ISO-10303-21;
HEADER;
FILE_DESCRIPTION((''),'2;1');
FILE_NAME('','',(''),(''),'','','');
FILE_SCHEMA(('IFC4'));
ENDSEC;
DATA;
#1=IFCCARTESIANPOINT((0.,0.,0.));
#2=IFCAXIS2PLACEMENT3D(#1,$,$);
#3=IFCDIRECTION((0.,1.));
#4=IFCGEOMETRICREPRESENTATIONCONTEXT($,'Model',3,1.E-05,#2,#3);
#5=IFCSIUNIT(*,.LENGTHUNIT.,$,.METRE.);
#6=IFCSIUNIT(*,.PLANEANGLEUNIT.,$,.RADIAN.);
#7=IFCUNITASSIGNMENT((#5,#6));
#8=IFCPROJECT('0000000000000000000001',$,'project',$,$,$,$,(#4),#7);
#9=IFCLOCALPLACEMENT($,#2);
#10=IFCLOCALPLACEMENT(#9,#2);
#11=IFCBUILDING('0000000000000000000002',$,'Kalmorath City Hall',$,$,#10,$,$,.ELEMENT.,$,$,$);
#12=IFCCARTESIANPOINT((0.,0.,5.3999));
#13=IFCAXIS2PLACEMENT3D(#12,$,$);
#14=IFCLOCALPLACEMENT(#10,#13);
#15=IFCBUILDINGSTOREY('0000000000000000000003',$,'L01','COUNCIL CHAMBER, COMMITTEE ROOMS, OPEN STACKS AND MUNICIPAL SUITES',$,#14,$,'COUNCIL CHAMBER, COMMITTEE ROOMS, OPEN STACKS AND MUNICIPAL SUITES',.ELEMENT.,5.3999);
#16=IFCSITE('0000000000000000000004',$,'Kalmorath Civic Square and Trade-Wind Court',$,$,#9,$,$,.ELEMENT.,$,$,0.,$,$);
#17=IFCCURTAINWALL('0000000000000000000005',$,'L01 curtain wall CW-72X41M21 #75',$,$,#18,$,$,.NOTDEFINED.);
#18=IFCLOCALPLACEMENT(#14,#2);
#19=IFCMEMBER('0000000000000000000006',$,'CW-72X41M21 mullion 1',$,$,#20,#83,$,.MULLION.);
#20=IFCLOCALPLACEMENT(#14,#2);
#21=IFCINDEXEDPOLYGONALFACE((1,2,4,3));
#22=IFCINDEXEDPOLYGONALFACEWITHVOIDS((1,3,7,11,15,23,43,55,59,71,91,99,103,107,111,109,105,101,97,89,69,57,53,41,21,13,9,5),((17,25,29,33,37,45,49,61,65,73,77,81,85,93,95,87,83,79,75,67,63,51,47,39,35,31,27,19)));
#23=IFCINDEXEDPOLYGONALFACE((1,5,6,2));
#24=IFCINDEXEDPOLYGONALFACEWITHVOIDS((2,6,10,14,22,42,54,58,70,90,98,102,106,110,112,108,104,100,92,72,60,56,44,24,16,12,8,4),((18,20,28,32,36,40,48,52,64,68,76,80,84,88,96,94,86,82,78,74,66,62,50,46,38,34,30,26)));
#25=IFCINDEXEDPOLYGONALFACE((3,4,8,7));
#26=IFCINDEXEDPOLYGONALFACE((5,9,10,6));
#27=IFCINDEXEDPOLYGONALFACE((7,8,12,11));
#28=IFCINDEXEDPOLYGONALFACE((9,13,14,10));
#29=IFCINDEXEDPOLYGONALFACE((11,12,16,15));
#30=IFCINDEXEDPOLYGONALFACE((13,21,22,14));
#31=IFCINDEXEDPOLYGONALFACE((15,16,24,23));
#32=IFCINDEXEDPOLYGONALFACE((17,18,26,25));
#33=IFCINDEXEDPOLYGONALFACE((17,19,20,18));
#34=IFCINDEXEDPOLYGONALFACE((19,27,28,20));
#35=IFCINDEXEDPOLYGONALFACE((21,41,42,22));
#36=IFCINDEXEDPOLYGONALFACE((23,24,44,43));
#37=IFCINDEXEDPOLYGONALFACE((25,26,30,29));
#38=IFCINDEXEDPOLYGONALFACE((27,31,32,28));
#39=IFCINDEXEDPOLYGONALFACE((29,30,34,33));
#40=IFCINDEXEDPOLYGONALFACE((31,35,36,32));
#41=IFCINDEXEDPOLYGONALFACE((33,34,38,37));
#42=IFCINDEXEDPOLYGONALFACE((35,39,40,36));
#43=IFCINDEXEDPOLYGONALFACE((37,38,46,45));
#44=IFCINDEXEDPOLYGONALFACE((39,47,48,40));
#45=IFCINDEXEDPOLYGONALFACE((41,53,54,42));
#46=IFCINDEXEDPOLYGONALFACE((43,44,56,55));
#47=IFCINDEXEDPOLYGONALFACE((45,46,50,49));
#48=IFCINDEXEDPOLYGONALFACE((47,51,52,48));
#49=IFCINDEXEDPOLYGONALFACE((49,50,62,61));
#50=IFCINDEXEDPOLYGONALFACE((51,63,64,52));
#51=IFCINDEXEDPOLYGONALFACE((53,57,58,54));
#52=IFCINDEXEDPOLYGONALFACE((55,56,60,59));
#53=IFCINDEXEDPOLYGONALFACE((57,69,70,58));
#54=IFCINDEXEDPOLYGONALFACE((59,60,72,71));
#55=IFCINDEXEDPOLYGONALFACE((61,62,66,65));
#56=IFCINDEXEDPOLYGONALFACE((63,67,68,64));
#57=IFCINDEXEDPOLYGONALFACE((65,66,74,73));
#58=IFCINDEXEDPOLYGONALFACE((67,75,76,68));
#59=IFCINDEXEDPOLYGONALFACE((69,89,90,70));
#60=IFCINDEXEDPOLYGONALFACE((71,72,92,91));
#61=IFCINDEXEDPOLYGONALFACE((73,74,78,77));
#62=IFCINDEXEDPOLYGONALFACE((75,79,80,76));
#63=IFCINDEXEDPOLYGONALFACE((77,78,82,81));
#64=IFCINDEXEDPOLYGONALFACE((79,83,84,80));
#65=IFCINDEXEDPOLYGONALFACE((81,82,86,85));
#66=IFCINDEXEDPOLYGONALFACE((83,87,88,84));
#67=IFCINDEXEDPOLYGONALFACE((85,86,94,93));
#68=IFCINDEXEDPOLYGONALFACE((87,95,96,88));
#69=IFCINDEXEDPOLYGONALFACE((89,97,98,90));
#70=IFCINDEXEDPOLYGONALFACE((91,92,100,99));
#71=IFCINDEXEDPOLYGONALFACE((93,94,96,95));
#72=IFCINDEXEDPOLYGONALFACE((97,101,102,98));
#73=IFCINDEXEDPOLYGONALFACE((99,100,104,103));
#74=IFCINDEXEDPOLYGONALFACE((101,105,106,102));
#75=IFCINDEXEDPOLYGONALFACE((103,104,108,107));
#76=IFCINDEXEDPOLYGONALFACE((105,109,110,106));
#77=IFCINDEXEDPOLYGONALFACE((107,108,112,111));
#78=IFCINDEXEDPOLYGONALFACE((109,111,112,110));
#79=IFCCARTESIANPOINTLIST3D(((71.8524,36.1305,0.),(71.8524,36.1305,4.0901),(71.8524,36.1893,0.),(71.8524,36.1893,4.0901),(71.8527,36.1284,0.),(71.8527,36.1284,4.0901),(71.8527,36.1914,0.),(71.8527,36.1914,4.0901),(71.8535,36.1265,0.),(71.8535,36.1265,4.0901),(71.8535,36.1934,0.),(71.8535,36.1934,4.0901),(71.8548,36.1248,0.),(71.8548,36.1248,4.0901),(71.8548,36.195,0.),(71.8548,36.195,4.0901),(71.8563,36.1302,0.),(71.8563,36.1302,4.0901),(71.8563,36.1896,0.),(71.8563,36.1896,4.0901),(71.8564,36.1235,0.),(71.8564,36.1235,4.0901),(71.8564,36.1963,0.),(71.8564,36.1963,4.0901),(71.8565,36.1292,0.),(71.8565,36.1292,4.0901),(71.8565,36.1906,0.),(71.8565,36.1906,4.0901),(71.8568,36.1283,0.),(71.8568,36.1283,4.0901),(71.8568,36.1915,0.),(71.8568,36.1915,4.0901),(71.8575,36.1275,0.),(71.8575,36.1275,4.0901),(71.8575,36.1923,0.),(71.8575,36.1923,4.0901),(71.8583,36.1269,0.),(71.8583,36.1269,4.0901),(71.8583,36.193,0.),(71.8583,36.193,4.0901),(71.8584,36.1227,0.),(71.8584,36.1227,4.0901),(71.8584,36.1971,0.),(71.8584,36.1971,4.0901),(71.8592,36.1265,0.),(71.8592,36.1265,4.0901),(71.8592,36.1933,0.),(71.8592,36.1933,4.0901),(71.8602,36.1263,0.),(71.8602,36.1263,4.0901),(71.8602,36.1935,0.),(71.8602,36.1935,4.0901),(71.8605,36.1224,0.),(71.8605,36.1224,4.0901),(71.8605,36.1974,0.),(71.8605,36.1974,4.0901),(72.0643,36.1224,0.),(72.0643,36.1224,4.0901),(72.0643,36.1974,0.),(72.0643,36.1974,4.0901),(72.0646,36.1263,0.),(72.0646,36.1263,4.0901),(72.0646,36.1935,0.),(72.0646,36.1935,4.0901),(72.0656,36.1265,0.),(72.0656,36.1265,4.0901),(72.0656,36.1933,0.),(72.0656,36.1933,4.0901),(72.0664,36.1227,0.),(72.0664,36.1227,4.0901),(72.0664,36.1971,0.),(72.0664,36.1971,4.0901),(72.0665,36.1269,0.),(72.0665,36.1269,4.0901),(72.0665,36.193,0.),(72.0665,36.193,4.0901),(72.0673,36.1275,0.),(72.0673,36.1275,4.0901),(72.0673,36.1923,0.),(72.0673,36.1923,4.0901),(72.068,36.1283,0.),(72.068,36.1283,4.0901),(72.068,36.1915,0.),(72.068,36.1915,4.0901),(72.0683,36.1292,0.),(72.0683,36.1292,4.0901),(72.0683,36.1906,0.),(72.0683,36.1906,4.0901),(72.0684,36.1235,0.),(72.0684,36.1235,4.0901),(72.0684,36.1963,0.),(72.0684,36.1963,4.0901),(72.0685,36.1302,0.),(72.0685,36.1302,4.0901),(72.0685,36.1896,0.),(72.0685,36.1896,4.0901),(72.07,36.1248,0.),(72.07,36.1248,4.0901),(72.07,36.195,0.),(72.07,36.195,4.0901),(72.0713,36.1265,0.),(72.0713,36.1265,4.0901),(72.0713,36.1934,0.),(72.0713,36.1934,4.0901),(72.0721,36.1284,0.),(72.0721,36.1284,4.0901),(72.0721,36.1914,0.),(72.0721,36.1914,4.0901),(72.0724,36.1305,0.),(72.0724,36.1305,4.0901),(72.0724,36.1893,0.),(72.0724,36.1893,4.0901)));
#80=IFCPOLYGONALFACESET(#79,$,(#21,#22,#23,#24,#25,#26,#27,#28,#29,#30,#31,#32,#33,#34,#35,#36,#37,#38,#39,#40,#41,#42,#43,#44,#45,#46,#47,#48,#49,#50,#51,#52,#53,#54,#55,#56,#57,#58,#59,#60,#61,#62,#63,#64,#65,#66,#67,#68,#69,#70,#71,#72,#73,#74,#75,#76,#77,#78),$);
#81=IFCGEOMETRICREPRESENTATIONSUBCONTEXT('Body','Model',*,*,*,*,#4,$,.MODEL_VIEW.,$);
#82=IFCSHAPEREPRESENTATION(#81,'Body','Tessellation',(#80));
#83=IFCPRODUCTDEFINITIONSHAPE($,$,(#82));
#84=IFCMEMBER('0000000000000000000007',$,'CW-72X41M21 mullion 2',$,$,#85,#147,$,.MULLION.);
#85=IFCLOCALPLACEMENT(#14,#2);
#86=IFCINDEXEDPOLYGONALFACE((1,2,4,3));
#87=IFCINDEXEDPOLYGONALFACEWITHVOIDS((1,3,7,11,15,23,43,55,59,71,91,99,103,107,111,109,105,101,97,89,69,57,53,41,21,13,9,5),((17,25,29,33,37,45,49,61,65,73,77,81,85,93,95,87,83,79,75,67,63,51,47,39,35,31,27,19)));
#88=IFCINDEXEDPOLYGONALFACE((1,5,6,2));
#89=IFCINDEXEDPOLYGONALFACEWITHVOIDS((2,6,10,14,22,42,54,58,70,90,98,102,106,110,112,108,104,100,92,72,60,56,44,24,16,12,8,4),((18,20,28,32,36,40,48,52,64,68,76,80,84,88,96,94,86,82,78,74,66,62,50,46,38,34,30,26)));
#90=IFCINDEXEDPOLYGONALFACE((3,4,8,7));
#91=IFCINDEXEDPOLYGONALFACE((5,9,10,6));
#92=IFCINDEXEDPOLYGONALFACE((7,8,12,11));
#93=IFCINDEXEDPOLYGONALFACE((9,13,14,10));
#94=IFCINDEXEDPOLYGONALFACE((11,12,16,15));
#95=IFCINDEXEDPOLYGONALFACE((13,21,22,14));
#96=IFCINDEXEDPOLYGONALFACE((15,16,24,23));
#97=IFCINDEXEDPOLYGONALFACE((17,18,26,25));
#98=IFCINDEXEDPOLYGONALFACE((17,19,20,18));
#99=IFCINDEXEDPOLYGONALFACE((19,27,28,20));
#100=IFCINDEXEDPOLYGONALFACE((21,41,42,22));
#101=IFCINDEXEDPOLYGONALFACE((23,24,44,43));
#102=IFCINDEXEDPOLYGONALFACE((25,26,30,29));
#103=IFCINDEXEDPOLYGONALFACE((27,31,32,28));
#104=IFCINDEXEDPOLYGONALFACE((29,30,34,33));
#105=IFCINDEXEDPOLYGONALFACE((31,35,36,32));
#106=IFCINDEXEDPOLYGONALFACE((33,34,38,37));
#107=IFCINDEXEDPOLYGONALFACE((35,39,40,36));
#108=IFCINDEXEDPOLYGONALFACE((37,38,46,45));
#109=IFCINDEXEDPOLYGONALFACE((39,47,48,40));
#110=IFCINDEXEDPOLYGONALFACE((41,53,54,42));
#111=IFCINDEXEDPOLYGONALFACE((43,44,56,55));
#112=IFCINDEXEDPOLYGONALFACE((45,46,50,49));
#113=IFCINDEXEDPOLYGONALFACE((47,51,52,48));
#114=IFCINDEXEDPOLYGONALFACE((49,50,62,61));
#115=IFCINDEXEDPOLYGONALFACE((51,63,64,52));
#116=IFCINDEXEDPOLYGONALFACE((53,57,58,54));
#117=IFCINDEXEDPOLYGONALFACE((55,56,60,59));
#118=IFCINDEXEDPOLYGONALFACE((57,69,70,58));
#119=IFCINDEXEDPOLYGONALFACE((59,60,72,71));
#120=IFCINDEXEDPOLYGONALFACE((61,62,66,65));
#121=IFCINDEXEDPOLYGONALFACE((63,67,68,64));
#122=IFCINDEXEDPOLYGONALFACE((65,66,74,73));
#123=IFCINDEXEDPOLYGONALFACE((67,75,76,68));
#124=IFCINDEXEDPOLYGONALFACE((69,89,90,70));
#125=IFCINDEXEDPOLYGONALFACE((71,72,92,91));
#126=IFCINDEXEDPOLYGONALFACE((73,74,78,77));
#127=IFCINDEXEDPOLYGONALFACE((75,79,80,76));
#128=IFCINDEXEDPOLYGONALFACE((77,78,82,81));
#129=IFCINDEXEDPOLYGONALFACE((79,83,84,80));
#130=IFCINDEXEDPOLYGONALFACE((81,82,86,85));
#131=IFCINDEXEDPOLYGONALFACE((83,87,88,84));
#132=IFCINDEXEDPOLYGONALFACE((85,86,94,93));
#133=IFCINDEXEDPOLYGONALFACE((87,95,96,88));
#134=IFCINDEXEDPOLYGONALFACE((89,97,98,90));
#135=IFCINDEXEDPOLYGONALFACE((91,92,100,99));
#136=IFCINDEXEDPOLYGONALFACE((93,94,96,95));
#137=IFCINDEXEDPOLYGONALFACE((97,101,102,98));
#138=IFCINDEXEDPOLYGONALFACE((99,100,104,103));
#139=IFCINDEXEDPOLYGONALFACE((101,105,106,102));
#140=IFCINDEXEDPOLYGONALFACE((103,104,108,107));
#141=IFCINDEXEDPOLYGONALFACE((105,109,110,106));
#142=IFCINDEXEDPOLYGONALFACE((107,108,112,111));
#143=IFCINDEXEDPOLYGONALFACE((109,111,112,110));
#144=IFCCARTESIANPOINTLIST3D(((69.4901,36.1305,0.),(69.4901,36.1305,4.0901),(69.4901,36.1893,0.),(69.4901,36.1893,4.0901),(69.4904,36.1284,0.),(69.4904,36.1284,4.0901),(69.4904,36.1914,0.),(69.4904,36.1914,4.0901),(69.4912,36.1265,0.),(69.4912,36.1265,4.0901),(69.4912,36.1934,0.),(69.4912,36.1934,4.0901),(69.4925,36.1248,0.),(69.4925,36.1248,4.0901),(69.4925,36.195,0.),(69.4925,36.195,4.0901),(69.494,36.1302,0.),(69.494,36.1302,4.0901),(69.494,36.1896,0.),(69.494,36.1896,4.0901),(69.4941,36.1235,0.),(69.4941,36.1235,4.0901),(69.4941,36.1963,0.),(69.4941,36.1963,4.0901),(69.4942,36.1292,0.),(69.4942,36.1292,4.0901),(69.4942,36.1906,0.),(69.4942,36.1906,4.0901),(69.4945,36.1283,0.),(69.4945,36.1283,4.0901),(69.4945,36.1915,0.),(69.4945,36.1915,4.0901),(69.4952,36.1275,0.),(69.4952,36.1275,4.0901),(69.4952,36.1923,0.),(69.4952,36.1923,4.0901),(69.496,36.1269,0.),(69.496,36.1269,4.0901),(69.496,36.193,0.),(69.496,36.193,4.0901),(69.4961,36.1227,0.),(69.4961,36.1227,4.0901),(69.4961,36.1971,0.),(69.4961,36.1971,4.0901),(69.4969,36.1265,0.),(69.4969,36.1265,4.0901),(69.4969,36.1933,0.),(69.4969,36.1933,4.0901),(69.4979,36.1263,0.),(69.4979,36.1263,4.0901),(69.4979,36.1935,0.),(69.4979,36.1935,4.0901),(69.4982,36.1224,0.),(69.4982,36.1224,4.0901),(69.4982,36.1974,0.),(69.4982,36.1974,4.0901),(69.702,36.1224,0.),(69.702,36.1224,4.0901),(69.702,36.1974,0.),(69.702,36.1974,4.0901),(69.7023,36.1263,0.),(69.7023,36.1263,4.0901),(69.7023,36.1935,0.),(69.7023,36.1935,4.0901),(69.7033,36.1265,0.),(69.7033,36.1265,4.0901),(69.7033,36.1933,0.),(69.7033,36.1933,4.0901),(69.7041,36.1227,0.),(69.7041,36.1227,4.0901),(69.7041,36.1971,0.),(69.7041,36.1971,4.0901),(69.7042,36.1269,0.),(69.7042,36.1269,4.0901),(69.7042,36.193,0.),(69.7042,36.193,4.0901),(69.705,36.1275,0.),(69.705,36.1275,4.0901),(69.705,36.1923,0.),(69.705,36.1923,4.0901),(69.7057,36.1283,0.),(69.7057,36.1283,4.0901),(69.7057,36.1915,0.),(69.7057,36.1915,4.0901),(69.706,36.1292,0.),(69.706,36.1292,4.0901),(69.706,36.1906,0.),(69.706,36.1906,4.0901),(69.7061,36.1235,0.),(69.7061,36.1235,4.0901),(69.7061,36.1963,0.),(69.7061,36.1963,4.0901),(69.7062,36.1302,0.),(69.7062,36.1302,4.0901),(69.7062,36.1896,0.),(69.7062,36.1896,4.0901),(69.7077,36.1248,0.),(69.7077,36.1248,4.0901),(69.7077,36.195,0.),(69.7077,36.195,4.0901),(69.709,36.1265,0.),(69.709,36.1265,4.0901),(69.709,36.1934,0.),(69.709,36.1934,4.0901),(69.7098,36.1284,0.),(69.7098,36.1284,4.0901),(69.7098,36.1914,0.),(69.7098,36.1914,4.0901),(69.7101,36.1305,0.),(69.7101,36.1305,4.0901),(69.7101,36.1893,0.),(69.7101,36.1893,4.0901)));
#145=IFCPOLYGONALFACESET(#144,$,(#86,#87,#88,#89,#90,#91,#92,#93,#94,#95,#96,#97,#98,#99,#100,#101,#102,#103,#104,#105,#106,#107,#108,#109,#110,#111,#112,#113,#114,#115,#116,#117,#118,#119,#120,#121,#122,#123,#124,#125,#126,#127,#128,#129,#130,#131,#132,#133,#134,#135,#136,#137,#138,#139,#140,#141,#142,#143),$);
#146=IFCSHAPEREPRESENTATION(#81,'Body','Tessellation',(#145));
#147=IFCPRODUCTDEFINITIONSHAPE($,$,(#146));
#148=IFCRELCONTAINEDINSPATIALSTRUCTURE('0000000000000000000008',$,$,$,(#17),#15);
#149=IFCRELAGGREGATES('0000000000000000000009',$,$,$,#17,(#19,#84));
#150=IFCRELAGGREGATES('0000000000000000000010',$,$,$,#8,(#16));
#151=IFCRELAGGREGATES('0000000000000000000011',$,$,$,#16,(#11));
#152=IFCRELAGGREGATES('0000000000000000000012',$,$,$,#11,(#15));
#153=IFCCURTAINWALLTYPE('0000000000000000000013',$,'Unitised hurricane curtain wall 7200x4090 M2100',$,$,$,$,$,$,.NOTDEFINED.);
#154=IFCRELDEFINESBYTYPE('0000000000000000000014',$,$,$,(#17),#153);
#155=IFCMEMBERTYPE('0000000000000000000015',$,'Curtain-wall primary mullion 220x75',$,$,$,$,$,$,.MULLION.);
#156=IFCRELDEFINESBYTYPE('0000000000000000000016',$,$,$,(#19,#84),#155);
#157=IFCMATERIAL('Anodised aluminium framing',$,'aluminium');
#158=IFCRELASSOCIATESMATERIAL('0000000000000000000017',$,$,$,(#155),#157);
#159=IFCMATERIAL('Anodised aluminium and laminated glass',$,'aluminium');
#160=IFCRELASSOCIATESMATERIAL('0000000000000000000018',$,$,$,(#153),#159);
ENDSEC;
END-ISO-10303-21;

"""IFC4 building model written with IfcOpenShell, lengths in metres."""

from ifc_helpers import new_model, si_unit, direction, frame, origin, origin_2d, place, context, subcontext, project, spatial, hollow_rectangle, extrude, material, material_profile, profile_set, type_object, element, aggregate, save


model = new_model("IFC4")

# Units and contexts
model_context = context("Model", 3, precision=1e-05, world=origin(), true_north=direction((0.0, 1.0)))
body_context = subcontext(model_context, "Body", "Model", "MODEL_VIEW")
ifc_project = project(units=[si_unit("LENGTHUNIT", "METRE"), si_unit("PLANEANGLEUNIT", "RADIAN")], contexts=[model_context])

# Site, building, storey
site_placement = place(None, origin())
site = spatial("IfcSite", under=ifc_project, at=site_placement, Name="Kalmorath Civic Square and Trade-Wind Court", CompositionType="ELEMENT", RefElevation=0.0)
building_placement = place(site_placement, origin())
building = spatial("IfcBuilding", under=site, at=building_placement, Name="Kalmorath City Hall", CompositionType="ELEMENT")
storey_placement = place(building_placement, frame((0.0, 0.0, 5.3999)))
storey = spatial("IfcBuildingStorey", under=building, at=storey_placement, Name="L01", Description="COUNCIL CHAMBER, COMMITTEE ROOMS, OPEN STACKS AND MUNICIPAL SUITES", LongName="COUNCIL CHAMBER, COMMITTEE ROOMS, OPEN STACKS AND MUNICIPAL SUITES", CompositionType="ELEMENT", Elevation=5.3999)

# Curtain wall, members
ifc_material_1 = material(Name="Anodised aluminium framing", Category="aluminium")
ifc_material_profile_1 = material_profile(ifc_material_1, hollow_rectangle(XDim=0.075, YDim=0.22, WallThickness=0.0039, InnerFilletRadius=0.0039, OuterFilletRadius=0.0081, at=origin_2d()), Name="ALU-MUL-220X75X4")
ifc_profile_set_1 = profile_set([ifc_material_profile_1], Name="Anodised aluminium framing")
member_type_1 = type_object("IfcMemberType", Name="Curtain-wall primary mullion 220x75", PredefinedType="MULLION", material=ifc_profile_set_1)
ifc_material_2 = material(Name="Anodised aluminium and laminated glass", Category="aluminium")
curtain_wall_type_1 = type_object("IfcCurtainWallType", Name="Unitised hurricane curtain wall 7200x4090 M2100", PredefinedType="NOTDEFINED", material=ifc_material_2)
curtain_wall_1_placement = place(storey_placement, origin())
curtain_wall_1 = element("IfcCurtainWall", 1, at=curtain_wall_1_placement, inside=storey, type_object=curtain_wall_type_1, Name="L01 curtain wall CW-72X41M21 #75", PredefinedType="NOTDEFINED")
member_1_placement = place(storey_placement, frame((71.9624, 36.1599, 0.0), z_axis=(0.0, 0.0, 1.0), x_axis=(0.0, -1.0, 0.0)))
member_1 = element("IfcMember", 2, at=member_1_placement, type_object=member_type_1, Name="CW-72X41M21 mullion 1", PredefinedType="MULLION", context=body_context, shape_type="SweptSolid", body=[
    extrude(hollow_rectangle(XDim=0.075, YDim=0.22, WallThickness=0.0039, InnerFilletRadius=0.0039, OuterFilletRadius=0.0081, at=origin_2d()), origin(), (0.0, 0.0, 1.0), 4.0901),
])
member_2_placement = place(storey_placement, frame((69.6001, 36.1599, 0.0), z_axis=(0.0, 0.0, 1.0), x_axis=(0.0, -1.0, 0.0)))
member_2 = element("IfcMember", 3, at=member_2_placement, type_object=member_type_1, Name="CW-72X41M21 mullion 2", PredefinedType="MULLION", context=body_context, shape_type="SweptSolid", body=[
    extrude(hollow_rectangle(XDim=0.075, YDim=0.22, WallThickness=0.0039, InnerFilletRadius=0.0039, OuterFilletRadius=0.0081, at=origin_2d()), origin(), (0.0, 0.0, 1.0), 4.0901),
])

aggregate(curtain_wall_1, [member_1, member_2])

save(model, "model.ifc")
